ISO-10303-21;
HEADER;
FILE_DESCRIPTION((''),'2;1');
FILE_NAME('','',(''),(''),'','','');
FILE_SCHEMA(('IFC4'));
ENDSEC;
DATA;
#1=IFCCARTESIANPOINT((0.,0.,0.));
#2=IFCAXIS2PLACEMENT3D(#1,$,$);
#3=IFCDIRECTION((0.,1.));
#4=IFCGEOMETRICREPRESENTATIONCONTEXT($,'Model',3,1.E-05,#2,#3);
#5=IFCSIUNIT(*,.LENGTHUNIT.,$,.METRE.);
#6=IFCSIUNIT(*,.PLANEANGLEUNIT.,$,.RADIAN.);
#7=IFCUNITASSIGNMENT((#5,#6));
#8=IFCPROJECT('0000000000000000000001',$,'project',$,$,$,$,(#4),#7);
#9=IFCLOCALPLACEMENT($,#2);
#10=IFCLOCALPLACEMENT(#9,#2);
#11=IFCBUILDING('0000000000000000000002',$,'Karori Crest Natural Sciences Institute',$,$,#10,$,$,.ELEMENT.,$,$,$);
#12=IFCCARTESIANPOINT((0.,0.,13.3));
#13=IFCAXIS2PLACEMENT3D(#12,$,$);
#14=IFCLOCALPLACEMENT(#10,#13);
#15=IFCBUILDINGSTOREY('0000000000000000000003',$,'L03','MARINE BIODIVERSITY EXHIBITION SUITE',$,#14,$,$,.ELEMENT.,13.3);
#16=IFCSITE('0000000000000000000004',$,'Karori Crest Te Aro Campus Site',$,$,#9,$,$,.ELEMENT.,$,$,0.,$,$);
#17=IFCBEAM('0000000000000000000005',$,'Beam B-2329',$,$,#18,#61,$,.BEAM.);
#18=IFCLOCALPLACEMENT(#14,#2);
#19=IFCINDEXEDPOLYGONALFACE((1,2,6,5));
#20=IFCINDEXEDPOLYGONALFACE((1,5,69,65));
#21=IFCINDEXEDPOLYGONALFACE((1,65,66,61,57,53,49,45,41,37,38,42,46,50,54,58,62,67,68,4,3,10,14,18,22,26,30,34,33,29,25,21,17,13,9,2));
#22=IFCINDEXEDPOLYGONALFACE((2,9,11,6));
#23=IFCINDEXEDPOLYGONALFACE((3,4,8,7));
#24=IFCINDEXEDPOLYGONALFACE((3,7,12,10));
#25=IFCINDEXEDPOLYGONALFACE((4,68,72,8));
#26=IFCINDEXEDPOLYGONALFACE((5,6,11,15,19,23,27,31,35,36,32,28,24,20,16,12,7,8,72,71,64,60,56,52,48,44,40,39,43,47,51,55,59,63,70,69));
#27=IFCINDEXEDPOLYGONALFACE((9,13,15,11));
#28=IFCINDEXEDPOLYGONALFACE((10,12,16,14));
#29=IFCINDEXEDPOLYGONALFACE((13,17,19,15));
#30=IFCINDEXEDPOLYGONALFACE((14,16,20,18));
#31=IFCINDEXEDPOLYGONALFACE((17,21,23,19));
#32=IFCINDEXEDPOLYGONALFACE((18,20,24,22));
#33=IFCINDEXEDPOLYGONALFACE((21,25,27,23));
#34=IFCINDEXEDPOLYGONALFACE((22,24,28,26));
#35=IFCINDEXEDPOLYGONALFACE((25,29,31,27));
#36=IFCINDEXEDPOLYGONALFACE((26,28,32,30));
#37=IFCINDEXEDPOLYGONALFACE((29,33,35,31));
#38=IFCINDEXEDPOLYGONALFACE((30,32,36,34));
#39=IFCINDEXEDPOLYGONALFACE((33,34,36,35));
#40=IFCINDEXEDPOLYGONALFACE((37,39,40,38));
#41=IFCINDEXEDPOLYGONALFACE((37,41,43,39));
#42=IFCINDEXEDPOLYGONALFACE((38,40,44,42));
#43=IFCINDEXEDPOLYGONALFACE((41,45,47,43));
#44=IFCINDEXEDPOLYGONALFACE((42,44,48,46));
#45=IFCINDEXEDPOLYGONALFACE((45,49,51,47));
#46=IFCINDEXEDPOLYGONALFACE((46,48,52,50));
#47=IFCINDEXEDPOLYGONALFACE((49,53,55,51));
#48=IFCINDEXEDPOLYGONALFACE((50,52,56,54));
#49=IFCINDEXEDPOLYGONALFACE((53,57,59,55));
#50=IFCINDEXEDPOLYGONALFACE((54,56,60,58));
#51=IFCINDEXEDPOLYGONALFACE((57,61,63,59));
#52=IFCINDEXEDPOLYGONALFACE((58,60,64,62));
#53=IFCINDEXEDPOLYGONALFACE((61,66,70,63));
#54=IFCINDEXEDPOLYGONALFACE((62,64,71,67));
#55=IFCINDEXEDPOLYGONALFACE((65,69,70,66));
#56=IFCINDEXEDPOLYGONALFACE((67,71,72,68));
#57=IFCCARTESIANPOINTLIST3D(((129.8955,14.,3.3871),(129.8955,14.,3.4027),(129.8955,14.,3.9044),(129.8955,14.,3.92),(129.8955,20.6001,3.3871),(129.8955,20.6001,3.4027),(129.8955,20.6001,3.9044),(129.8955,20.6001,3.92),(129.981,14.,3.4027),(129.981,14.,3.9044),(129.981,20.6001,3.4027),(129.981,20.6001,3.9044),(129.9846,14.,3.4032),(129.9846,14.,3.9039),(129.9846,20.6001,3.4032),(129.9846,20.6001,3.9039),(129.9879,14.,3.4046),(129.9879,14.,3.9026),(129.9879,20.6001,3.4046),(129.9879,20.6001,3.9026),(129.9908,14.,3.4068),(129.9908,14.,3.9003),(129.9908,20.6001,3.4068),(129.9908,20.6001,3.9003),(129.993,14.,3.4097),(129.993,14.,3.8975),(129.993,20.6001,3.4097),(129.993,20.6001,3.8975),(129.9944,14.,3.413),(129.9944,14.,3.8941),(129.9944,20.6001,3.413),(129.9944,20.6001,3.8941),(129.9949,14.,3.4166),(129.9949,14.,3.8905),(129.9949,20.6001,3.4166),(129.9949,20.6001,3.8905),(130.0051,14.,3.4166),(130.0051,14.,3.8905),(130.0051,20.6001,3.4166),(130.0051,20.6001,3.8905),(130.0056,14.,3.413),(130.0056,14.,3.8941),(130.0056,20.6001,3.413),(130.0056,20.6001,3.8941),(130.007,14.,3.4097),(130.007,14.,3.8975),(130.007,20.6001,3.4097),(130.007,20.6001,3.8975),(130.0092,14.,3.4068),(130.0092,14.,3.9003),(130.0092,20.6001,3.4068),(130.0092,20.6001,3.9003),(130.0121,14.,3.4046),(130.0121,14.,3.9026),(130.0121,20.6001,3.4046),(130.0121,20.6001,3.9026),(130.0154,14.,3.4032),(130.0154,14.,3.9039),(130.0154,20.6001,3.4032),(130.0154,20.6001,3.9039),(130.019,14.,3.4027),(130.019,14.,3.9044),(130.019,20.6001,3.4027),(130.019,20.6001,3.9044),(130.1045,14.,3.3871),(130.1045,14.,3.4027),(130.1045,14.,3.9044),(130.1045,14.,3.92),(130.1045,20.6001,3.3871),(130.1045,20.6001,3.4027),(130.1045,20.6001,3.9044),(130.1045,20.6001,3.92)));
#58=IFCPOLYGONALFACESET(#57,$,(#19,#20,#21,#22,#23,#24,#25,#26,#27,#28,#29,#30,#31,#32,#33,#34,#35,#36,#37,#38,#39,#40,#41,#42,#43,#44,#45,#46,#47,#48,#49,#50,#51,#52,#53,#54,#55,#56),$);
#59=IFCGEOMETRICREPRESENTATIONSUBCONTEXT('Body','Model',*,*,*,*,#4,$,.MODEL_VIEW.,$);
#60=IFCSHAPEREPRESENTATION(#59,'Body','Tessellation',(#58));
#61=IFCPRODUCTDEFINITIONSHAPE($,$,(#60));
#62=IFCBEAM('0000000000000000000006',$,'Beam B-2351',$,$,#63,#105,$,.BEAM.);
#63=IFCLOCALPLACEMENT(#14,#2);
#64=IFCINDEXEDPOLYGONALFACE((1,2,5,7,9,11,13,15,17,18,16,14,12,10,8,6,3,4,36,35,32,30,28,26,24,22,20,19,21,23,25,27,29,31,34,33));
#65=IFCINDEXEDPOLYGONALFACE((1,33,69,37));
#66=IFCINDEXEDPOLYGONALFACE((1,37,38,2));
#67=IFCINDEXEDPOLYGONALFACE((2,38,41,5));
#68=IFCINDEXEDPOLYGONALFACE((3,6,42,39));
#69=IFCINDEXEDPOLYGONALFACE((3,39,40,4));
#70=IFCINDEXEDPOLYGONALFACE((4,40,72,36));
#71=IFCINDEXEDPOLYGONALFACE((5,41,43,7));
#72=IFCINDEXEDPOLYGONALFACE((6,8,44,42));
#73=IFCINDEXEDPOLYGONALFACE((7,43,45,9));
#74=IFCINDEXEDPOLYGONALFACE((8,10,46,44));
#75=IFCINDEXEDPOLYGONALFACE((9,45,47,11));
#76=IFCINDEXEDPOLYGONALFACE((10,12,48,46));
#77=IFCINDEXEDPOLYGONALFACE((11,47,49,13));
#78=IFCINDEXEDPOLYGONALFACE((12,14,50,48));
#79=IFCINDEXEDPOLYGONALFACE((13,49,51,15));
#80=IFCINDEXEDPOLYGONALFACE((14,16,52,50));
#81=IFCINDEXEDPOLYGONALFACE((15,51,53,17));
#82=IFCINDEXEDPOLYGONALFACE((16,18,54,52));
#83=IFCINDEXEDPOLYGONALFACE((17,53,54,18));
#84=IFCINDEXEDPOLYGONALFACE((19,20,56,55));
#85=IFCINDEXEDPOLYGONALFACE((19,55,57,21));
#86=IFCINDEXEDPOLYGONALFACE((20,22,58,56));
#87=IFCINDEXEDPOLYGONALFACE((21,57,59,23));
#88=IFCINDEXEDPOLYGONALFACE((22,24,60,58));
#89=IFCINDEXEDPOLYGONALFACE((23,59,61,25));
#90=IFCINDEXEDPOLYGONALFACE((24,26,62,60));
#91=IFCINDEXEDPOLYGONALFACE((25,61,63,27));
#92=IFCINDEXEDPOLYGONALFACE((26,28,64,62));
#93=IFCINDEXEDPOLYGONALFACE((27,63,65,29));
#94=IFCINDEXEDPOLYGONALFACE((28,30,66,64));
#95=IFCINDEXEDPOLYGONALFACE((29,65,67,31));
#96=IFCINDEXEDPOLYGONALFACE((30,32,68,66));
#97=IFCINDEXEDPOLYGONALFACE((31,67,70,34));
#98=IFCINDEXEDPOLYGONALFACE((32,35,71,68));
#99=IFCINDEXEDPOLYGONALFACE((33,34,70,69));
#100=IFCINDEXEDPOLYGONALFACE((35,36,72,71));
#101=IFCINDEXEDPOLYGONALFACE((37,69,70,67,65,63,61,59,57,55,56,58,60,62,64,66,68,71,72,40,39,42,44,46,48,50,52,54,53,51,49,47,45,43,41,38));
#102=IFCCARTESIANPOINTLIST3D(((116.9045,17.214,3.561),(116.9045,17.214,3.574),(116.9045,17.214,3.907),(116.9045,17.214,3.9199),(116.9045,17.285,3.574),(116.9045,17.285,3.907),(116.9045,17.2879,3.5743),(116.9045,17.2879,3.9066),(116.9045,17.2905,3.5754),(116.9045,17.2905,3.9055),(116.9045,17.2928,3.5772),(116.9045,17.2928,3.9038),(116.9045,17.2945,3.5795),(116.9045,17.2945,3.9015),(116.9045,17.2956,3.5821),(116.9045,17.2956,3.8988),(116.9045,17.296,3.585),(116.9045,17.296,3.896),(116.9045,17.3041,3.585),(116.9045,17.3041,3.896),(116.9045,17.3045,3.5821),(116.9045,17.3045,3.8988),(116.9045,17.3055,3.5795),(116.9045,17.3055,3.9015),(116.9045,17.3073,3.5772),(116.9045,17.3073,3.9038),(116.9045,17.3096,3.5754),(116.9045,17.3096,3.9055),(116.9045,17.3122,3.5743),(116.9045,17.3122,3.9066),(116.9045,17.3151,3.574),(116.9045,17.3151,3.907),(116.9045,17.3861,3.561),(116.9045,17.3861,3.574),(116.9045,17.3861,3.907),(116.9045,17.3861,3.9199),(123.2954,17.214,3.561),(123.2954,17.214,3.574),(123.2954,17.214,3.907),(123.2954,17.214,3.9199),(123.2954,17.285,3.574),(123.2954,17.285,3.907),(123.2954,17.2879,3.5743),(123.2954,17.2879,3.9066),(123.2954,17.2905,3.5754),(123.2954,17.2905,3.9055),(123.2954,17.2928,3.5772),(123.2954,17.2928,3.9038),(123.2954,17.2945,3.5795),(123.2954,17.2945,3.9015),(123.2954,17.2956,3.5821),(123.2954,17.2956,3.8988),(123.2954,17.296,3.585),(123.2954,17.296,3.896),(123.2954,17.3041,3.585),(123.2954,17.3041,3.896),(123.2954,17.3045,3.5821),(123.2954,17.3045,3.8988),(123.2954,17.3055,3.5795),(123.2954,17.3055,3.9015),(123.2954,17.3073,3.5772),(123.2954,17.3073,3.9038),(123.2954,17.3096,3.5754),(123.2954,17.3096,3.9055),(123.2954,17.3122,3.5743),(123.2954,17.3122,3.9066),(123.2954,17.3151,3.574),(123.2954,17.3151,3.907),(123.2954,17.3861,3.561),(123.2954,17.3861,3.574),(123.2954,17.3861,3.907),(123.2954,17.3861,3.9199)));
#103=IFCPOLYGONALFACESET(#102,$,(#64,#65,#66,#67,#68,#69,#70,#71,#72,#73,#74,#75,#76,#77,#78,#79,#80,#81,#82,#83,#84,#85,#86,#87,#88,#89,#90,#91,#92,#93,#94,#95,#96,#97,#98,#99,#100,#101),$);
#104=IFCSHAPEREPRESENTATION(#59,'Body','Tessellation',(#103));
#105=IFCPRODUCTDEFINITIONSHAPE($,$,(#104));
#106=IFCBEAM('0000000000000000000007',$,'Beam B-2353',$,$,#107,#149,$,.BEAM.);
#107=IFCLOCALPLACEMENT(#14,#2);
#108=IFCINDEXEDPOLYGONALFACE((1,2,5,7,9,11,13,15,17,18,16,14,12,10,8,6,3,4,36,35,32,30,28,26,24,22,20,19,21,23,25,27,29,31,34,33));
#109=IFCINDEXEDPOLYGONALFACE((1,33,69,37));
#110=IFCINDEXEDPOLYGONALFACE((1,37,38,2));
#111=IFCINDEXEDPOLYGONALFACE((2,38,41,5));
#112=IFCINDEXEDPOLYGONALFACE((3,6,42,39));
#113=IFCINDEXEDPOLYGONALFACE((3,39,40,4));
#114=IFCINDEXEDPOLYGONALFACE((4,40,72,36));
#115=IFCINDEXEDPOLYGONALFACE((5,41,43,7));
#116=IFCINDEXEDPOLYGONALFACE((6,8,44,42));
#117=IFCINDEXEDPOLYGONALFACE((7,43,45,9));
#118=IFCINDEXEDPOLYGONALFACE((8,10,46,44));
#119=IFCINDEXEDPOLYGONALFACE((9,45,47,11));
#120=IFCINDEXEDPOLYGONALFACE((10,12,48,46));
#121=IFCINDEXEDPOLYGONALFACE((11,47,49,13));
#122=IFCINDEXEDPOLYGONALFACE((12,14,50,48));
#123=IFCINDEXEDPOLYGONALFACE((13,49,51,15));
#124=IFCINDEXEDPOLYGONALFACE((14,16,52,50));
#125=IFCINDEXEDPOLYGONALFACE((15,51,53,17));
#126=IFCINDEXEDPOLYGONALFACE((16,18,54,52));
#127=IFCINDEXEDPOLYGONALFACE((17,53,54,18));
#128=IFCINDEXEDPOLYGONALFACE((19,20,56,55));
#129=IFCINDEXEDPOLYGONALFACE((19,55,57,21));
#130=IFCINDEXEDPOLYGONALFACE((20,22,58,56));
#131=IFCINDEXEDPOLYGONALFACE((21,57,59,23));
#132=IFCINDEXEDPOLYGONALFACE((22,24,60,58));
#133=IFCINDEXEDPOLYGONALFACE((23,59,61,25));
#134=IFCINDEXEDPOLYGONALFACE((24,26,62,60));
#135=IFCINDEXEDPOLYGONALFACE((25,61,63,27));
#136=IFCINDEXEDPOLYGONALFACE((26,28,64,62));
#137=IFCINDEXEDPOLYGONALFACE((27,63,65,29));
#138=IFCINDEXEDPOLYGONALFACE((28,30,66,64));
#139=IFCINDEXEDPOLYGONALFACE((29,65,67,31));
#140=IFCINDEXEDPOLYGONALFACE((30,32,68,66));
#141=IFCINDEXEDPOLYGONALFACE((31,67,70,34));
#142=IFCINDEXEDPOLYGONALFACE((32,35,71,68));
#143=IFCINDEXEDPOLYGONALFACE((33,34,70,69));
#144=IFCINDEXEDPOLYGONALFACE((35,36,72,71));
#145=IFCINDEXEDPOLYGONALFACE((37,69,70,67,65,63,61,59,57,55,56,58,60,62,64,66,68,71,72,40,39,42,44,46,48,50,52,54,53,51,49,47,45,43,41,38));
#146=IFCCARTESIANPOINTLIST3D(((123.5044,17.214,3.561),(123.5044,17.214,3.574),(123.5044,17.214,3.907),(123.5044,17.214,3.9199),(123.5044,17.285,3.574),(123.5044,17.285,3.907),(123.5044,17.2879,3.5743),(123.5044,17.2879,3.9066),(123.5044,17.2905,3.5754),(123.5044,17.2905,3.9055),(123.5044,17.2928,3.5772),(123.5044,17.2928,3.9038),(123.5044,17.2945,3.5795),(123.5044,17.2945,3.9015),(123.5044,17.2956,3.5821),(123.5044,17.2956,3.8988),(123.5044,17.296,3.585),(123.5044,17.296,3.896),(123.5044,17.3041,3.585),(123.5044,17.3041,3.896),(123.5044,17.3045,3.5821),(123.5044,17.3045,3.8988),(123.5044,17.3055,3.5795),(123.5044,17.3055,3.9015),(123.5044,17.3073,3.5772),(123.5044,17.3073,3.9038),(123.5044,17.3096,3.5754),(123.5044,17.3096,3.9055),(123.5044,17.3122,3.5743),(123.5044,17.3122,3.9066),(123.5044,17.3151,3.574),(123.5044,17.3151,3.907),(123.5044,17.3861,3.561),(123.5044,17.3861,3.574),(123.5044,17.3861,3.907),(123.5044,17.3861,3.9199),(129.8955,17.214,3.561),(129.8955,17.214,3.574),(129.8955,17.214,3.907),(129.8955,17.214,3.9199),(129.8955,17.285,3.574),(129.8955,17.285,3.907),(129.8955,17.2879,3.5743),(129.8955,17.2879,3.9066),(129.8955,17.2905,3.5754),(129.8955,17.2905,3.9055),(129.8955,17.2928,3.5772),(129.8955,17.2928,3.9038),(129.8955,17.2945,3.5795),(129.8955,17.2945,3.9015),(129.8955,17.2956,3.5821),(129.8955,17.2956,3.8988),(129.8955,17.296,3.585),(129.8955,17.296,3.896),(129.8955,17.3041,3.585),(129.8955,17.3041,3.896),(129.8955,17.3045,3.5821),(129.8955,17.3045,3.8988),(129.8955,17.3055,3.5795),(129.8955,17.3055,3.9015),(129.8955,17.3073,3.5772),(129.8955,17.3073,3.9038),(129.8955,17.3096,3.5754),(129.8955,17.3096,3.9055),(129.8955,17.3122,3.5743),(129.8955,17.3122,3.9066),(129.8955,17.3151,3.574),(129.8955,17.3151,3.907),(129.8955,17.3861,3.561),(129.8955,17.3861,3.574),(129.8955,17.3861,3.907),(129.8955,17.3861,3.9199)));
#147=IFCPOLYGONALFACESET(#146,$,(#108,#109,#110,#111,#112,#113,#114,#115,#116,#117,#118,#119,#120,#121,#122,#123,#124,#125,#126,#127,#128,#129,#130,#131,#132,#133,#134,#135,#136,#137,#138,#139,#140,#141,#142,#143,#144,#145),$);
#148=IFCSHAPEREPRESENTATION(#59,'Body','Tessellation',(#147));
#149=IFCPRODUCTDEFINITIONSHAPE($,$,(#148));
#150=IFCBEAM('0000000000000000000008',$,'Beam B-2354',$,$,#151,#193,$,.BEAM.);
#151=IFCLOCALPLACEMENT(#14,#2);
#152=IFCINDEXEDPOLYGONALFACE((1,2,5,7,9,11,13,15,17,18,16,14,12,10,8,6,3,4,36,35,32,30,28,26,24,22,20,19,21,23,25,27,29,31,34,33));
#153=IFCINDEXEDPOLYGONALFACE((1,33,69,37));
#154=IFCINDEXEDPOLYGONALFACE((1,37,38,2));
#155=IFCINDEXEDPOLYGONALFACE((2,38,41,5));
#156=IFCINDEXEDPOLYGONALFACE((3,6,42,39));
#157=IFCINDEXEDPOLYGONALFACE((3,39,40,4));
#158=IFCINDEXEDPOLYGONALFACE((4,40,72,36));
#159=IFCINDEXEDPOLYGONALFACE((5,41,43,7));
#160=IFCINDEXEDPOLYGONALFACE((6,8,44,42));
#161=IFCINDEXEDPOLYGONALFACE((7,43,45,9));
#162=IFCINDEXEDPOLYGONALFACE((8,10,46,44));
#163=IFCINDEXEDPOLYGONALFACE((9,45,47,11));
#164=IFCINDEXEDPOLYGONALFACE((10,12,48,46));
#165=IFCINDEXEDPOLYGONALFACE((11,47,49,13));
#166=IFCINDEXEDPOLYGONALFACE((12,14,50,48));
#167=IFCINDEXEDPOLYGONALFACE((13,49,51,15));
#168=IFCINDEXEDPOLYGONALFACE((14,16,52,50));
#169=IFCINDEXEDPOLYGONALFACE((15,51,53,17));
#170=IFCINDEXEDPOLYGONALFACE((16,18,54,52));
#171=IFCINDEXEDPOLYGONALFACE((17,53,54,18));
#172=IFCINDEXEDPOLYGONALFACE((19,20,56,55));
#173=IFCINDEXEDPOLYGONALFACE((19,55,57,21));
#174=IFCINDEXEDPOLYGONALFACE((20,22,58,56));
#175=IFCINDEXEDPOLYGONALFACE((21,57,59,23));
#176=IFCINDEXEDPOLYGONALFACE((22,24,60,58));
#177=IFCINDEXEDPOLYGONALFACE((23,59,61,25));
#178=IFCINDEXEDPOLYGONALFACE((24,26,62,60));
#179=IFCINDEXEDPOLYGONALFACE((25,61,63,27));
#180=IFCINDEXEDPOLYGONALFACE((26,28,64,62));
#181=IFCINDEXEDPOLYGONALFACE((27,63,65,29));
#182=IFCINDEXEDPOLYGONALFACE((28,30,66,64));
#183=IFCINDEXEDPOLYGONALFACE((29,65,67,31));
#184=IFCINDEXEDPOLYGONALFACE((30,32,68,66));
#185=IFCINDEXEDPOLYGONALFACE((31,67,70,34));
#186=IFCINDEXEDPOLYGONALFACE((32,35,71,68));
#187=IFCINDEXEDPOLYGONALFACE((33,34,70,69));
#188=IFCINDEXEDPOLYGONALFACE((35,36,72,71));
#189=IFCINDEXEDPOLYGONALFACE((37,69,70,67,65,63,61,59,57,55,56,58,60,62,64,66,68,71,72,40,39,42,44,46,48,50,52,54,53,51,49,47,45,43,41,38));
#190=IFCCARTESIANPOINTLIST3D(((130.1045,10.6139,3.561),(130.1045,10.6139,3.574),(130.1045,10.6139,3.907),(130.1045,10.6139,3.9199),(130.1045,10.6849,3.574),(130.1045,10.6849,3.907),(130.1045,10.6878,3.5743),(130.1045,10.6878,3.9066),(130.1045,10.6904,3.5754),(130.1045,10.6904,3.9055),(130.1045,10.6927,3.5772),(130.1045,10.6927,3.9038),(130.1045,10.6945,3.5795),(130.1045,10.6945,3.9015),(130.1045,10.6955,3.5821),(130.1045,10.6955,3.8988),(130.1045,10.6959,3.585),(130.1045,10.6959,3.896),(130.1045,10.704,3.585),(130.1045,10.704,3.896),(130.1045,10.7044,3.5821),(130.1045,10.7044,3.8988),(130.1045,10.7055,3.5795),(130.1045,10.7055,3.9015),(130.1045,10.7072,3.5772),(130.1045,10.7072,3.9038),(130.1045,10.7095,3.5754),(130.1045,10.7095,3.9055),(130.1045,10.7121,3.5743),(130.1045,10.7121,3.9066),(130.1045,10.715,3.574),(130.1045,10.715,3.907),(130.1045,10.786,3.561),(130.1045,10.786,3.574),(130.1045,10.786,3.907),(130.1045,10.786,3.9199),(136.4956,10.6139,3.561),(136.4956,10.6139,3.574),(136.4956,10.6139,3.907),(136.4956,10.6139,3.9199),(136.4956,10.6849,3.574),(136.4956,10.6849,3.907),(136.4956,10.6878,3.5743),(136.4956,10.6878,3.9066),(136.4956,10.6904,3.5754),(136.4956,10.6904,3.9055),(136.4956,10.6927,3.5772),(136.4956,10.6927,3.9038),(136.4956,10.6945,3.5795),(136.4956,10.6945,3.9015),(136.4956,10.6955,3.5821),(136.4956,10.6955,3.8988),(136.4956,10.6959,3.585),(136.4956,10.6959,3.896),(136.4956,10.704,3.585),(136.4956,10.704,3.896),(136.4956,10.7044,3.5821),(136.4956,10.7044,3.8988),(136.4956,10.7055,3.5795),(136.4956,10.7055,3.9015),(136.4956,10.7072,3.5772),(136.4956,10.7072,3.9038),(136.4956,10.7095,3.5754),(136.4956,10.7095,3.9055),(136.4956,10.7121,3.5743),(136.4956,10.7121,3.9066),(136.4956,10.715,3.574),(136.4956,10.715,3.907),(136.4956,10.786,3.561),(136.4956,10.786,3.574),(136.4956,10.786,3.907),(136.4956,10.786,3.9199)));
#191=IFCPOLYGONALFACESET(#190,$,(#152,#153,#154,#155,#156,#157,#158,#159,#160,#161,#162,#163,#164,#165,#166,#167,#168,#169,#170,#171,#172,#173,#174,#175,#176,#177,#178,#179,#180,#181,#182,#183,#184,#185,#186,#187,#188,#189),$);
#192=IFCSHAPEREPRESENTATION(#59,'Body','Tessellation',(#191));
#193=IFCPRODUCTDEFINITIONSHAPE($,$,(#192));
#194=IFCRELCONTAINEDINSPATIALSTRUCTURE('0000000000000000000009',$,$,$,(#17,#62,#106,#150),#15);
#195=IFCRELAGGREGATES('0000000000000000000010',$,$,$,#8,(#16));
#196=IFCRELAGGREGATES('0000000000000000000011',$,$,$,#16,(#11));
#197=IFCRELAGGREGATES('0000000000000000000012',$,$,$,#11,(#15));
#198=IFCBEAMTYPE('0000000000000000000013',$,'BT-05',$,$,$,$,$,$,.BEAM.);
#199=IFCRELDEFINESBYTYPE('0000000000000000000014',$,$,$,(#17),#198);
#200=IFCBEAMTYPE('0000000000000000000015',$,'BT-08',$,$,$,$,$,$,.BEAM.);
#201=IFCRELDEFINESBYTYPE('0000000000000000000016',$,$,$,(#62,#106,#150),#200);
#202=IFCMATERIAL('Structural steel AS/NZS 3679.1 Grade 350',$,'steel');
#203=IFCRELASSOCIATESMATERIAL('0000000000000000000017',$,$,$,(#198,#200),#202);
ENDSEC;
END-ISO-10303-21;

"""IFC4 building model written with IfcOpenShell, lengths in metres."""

from ifc_helpers import new_model, si_unit, direction, frame, origin, origin_2d, place, context, subcontext, project, spatial, i_section, extrude, material, material_profile, profile_set, type_object, element, save


model = new_model("IFC4")

# Units and contexts
model_context = context("Model", 3, precision=1e-05, world=origin(), true_north=direction((0.0, 1.0)))
body_context = subcontext(model_context, "Body", "Model", "MODEL_VIEW")
ifc_project = project(units=[si_unit("LENGTHUNIT", "METRE"), si_unit("PLANEANGLEUNIT", "RADIAN")], contexts=[model_context])

# Site, building, storey
site_placement = place(None, origin())
site = spatial("IfcSite", under=ifc_project, at=site_placement, Name="Karori Crest Te Aro Campus Site", CompositionType="ELEMENT", RefElevation=0.0)
building_placement = place(site_placement, origin())
building = spatial("IfcBuilding", under=site, at=building_placement, Name="Karori Crest Natural Sciences Institute", CompositionType="ELEMENT")
storey_placement = place(building_placement, frame((0.0, 0.0, 13.3)))
storey = spatial("IfcBuildingStorey", under=building, at=storey_placement, Name="L03", Description="MARINE BIODIVERSITY EXHIBITION SUITE", CompositionType="ELEMENT", Elevation=13.3)

# Shared definitions
ifc_material_1 = material(Name="Structural steel AS/NZS 3679.1 Grade 350", Category="steel")

# Beams
ifc_material_profile_1 = material_profile(ifc_material_1, i_section(OverallWidth=0.209, OverallDepth=0.533, WebThickness=0.0103, FlangeThickness=0.0156, FilletRadius=0.0139, at=origin_2d()), Name="530UB92.4")
ifc_profile_set_1 = profile_set([ifc_material_profile_1], Name="Structural steel AS/NZS 3679.1 Grade 350")
beam_type_1 = type_object("IfcBeamType", Name="BT-05", PredefinedType="BEAM", material=ifc_profile_set_1)
for number, where, z_axis, x_axis, name in (
    (1, (130.0, 14.0, 3.6536), (0.0, 1.0, 0.0), (-1.0, 0.0, 0.0), "Beam B-2329"),
):
    element("IfcBeam", number, at=place(storey_placement, frame(where, z_axis=z_axis, x_axis=x_axis)), inside=storey, type_object=beam_type_1, Name=name, PredefinedType="BEAM", context=body_context, shape_type="SweptSolid", body=[
        extrude(i_section(OverallWidth=0.209, OverallDepth=0.533, WebThickness=0.0103, FlangeThickness=0.0156, FilletRadius=0.0139, at=origin_2d()), origin(), (0.0, 0.0, 1.0), 6.6001),
    ])
ifc_material_profile_2 = material_profile(ifc_material_1, i_section(OverallWidth=0.1721, OverallDepth=0.3589, WebThickness=0.0081, FlangeThickness=0.0129, FilletRadius=0.011, at=origin_2d()), Name="360UB56.7")
ifc_profile_set_2 = profile_set([ifc_material_profile_2], Name="Structural steel AS/NZS 3679.1 Grade 350")
beam_type_2 = type_object("IfcBeamType", Name="BT-08", PredefinedType="BEAM", material=ifc_profile_set_2)
beam_1_placement = place(storey_placement, frame((116.9045, 17.3, 3.7405), z_axis=(1.0, 0.0, 0.0), x_axis=(0.0, 1.0, 0.0)))
element("IfcBeam", 2, at=beam_1_placement, inside=storey, type_object=beam_type_2, Name="Beam B-2351", PredefinedType="BEAM", context=body_context, shape_type="SweptSolid", body=[
    extrude(i_section(OverallWidth=0.1721, OverallDepth=0.3589, WebThickness=0.0081, FlangeThickness=0.0129, FilletRadius=0.011, at=origin_2d()), origin(), (0.0, 0.0, 1.0), 6.3909),
])
for number, where, z_axis, x_axis, name in (
    (3, (123.5044, 17.3, 3.7405), (1.0, 0.0, 0.0), (0.0, 1.0, 0.0), "Beam B-2353"),
    (4, (130.1045, 10.7, 3.7405), (1.0, 0.0, 0.0), (0.0, 1.0, 0.0), "Beam B-2354"),
):
    element("IfcBeam", number, at=place(storey_placement, frame(where, z_axis=z_axis, x_axis=x_axis)), inside=storey, type_object=beam_type_2, Name=name, PredefinedType="BEAM", context=body_context, shape_type="SweptSolid", body=[
        extrude(i_section(OverallWidth=0.1721, OverallDepth=0.3589, WebThickness=0.0081, FlangeThickness=0.0129, FilletRadius=0.011, at=origin_2d()), origin(), (0.0, 0.0, 1.0), 6.3911),
    ])

save(model, "model.ifc")
